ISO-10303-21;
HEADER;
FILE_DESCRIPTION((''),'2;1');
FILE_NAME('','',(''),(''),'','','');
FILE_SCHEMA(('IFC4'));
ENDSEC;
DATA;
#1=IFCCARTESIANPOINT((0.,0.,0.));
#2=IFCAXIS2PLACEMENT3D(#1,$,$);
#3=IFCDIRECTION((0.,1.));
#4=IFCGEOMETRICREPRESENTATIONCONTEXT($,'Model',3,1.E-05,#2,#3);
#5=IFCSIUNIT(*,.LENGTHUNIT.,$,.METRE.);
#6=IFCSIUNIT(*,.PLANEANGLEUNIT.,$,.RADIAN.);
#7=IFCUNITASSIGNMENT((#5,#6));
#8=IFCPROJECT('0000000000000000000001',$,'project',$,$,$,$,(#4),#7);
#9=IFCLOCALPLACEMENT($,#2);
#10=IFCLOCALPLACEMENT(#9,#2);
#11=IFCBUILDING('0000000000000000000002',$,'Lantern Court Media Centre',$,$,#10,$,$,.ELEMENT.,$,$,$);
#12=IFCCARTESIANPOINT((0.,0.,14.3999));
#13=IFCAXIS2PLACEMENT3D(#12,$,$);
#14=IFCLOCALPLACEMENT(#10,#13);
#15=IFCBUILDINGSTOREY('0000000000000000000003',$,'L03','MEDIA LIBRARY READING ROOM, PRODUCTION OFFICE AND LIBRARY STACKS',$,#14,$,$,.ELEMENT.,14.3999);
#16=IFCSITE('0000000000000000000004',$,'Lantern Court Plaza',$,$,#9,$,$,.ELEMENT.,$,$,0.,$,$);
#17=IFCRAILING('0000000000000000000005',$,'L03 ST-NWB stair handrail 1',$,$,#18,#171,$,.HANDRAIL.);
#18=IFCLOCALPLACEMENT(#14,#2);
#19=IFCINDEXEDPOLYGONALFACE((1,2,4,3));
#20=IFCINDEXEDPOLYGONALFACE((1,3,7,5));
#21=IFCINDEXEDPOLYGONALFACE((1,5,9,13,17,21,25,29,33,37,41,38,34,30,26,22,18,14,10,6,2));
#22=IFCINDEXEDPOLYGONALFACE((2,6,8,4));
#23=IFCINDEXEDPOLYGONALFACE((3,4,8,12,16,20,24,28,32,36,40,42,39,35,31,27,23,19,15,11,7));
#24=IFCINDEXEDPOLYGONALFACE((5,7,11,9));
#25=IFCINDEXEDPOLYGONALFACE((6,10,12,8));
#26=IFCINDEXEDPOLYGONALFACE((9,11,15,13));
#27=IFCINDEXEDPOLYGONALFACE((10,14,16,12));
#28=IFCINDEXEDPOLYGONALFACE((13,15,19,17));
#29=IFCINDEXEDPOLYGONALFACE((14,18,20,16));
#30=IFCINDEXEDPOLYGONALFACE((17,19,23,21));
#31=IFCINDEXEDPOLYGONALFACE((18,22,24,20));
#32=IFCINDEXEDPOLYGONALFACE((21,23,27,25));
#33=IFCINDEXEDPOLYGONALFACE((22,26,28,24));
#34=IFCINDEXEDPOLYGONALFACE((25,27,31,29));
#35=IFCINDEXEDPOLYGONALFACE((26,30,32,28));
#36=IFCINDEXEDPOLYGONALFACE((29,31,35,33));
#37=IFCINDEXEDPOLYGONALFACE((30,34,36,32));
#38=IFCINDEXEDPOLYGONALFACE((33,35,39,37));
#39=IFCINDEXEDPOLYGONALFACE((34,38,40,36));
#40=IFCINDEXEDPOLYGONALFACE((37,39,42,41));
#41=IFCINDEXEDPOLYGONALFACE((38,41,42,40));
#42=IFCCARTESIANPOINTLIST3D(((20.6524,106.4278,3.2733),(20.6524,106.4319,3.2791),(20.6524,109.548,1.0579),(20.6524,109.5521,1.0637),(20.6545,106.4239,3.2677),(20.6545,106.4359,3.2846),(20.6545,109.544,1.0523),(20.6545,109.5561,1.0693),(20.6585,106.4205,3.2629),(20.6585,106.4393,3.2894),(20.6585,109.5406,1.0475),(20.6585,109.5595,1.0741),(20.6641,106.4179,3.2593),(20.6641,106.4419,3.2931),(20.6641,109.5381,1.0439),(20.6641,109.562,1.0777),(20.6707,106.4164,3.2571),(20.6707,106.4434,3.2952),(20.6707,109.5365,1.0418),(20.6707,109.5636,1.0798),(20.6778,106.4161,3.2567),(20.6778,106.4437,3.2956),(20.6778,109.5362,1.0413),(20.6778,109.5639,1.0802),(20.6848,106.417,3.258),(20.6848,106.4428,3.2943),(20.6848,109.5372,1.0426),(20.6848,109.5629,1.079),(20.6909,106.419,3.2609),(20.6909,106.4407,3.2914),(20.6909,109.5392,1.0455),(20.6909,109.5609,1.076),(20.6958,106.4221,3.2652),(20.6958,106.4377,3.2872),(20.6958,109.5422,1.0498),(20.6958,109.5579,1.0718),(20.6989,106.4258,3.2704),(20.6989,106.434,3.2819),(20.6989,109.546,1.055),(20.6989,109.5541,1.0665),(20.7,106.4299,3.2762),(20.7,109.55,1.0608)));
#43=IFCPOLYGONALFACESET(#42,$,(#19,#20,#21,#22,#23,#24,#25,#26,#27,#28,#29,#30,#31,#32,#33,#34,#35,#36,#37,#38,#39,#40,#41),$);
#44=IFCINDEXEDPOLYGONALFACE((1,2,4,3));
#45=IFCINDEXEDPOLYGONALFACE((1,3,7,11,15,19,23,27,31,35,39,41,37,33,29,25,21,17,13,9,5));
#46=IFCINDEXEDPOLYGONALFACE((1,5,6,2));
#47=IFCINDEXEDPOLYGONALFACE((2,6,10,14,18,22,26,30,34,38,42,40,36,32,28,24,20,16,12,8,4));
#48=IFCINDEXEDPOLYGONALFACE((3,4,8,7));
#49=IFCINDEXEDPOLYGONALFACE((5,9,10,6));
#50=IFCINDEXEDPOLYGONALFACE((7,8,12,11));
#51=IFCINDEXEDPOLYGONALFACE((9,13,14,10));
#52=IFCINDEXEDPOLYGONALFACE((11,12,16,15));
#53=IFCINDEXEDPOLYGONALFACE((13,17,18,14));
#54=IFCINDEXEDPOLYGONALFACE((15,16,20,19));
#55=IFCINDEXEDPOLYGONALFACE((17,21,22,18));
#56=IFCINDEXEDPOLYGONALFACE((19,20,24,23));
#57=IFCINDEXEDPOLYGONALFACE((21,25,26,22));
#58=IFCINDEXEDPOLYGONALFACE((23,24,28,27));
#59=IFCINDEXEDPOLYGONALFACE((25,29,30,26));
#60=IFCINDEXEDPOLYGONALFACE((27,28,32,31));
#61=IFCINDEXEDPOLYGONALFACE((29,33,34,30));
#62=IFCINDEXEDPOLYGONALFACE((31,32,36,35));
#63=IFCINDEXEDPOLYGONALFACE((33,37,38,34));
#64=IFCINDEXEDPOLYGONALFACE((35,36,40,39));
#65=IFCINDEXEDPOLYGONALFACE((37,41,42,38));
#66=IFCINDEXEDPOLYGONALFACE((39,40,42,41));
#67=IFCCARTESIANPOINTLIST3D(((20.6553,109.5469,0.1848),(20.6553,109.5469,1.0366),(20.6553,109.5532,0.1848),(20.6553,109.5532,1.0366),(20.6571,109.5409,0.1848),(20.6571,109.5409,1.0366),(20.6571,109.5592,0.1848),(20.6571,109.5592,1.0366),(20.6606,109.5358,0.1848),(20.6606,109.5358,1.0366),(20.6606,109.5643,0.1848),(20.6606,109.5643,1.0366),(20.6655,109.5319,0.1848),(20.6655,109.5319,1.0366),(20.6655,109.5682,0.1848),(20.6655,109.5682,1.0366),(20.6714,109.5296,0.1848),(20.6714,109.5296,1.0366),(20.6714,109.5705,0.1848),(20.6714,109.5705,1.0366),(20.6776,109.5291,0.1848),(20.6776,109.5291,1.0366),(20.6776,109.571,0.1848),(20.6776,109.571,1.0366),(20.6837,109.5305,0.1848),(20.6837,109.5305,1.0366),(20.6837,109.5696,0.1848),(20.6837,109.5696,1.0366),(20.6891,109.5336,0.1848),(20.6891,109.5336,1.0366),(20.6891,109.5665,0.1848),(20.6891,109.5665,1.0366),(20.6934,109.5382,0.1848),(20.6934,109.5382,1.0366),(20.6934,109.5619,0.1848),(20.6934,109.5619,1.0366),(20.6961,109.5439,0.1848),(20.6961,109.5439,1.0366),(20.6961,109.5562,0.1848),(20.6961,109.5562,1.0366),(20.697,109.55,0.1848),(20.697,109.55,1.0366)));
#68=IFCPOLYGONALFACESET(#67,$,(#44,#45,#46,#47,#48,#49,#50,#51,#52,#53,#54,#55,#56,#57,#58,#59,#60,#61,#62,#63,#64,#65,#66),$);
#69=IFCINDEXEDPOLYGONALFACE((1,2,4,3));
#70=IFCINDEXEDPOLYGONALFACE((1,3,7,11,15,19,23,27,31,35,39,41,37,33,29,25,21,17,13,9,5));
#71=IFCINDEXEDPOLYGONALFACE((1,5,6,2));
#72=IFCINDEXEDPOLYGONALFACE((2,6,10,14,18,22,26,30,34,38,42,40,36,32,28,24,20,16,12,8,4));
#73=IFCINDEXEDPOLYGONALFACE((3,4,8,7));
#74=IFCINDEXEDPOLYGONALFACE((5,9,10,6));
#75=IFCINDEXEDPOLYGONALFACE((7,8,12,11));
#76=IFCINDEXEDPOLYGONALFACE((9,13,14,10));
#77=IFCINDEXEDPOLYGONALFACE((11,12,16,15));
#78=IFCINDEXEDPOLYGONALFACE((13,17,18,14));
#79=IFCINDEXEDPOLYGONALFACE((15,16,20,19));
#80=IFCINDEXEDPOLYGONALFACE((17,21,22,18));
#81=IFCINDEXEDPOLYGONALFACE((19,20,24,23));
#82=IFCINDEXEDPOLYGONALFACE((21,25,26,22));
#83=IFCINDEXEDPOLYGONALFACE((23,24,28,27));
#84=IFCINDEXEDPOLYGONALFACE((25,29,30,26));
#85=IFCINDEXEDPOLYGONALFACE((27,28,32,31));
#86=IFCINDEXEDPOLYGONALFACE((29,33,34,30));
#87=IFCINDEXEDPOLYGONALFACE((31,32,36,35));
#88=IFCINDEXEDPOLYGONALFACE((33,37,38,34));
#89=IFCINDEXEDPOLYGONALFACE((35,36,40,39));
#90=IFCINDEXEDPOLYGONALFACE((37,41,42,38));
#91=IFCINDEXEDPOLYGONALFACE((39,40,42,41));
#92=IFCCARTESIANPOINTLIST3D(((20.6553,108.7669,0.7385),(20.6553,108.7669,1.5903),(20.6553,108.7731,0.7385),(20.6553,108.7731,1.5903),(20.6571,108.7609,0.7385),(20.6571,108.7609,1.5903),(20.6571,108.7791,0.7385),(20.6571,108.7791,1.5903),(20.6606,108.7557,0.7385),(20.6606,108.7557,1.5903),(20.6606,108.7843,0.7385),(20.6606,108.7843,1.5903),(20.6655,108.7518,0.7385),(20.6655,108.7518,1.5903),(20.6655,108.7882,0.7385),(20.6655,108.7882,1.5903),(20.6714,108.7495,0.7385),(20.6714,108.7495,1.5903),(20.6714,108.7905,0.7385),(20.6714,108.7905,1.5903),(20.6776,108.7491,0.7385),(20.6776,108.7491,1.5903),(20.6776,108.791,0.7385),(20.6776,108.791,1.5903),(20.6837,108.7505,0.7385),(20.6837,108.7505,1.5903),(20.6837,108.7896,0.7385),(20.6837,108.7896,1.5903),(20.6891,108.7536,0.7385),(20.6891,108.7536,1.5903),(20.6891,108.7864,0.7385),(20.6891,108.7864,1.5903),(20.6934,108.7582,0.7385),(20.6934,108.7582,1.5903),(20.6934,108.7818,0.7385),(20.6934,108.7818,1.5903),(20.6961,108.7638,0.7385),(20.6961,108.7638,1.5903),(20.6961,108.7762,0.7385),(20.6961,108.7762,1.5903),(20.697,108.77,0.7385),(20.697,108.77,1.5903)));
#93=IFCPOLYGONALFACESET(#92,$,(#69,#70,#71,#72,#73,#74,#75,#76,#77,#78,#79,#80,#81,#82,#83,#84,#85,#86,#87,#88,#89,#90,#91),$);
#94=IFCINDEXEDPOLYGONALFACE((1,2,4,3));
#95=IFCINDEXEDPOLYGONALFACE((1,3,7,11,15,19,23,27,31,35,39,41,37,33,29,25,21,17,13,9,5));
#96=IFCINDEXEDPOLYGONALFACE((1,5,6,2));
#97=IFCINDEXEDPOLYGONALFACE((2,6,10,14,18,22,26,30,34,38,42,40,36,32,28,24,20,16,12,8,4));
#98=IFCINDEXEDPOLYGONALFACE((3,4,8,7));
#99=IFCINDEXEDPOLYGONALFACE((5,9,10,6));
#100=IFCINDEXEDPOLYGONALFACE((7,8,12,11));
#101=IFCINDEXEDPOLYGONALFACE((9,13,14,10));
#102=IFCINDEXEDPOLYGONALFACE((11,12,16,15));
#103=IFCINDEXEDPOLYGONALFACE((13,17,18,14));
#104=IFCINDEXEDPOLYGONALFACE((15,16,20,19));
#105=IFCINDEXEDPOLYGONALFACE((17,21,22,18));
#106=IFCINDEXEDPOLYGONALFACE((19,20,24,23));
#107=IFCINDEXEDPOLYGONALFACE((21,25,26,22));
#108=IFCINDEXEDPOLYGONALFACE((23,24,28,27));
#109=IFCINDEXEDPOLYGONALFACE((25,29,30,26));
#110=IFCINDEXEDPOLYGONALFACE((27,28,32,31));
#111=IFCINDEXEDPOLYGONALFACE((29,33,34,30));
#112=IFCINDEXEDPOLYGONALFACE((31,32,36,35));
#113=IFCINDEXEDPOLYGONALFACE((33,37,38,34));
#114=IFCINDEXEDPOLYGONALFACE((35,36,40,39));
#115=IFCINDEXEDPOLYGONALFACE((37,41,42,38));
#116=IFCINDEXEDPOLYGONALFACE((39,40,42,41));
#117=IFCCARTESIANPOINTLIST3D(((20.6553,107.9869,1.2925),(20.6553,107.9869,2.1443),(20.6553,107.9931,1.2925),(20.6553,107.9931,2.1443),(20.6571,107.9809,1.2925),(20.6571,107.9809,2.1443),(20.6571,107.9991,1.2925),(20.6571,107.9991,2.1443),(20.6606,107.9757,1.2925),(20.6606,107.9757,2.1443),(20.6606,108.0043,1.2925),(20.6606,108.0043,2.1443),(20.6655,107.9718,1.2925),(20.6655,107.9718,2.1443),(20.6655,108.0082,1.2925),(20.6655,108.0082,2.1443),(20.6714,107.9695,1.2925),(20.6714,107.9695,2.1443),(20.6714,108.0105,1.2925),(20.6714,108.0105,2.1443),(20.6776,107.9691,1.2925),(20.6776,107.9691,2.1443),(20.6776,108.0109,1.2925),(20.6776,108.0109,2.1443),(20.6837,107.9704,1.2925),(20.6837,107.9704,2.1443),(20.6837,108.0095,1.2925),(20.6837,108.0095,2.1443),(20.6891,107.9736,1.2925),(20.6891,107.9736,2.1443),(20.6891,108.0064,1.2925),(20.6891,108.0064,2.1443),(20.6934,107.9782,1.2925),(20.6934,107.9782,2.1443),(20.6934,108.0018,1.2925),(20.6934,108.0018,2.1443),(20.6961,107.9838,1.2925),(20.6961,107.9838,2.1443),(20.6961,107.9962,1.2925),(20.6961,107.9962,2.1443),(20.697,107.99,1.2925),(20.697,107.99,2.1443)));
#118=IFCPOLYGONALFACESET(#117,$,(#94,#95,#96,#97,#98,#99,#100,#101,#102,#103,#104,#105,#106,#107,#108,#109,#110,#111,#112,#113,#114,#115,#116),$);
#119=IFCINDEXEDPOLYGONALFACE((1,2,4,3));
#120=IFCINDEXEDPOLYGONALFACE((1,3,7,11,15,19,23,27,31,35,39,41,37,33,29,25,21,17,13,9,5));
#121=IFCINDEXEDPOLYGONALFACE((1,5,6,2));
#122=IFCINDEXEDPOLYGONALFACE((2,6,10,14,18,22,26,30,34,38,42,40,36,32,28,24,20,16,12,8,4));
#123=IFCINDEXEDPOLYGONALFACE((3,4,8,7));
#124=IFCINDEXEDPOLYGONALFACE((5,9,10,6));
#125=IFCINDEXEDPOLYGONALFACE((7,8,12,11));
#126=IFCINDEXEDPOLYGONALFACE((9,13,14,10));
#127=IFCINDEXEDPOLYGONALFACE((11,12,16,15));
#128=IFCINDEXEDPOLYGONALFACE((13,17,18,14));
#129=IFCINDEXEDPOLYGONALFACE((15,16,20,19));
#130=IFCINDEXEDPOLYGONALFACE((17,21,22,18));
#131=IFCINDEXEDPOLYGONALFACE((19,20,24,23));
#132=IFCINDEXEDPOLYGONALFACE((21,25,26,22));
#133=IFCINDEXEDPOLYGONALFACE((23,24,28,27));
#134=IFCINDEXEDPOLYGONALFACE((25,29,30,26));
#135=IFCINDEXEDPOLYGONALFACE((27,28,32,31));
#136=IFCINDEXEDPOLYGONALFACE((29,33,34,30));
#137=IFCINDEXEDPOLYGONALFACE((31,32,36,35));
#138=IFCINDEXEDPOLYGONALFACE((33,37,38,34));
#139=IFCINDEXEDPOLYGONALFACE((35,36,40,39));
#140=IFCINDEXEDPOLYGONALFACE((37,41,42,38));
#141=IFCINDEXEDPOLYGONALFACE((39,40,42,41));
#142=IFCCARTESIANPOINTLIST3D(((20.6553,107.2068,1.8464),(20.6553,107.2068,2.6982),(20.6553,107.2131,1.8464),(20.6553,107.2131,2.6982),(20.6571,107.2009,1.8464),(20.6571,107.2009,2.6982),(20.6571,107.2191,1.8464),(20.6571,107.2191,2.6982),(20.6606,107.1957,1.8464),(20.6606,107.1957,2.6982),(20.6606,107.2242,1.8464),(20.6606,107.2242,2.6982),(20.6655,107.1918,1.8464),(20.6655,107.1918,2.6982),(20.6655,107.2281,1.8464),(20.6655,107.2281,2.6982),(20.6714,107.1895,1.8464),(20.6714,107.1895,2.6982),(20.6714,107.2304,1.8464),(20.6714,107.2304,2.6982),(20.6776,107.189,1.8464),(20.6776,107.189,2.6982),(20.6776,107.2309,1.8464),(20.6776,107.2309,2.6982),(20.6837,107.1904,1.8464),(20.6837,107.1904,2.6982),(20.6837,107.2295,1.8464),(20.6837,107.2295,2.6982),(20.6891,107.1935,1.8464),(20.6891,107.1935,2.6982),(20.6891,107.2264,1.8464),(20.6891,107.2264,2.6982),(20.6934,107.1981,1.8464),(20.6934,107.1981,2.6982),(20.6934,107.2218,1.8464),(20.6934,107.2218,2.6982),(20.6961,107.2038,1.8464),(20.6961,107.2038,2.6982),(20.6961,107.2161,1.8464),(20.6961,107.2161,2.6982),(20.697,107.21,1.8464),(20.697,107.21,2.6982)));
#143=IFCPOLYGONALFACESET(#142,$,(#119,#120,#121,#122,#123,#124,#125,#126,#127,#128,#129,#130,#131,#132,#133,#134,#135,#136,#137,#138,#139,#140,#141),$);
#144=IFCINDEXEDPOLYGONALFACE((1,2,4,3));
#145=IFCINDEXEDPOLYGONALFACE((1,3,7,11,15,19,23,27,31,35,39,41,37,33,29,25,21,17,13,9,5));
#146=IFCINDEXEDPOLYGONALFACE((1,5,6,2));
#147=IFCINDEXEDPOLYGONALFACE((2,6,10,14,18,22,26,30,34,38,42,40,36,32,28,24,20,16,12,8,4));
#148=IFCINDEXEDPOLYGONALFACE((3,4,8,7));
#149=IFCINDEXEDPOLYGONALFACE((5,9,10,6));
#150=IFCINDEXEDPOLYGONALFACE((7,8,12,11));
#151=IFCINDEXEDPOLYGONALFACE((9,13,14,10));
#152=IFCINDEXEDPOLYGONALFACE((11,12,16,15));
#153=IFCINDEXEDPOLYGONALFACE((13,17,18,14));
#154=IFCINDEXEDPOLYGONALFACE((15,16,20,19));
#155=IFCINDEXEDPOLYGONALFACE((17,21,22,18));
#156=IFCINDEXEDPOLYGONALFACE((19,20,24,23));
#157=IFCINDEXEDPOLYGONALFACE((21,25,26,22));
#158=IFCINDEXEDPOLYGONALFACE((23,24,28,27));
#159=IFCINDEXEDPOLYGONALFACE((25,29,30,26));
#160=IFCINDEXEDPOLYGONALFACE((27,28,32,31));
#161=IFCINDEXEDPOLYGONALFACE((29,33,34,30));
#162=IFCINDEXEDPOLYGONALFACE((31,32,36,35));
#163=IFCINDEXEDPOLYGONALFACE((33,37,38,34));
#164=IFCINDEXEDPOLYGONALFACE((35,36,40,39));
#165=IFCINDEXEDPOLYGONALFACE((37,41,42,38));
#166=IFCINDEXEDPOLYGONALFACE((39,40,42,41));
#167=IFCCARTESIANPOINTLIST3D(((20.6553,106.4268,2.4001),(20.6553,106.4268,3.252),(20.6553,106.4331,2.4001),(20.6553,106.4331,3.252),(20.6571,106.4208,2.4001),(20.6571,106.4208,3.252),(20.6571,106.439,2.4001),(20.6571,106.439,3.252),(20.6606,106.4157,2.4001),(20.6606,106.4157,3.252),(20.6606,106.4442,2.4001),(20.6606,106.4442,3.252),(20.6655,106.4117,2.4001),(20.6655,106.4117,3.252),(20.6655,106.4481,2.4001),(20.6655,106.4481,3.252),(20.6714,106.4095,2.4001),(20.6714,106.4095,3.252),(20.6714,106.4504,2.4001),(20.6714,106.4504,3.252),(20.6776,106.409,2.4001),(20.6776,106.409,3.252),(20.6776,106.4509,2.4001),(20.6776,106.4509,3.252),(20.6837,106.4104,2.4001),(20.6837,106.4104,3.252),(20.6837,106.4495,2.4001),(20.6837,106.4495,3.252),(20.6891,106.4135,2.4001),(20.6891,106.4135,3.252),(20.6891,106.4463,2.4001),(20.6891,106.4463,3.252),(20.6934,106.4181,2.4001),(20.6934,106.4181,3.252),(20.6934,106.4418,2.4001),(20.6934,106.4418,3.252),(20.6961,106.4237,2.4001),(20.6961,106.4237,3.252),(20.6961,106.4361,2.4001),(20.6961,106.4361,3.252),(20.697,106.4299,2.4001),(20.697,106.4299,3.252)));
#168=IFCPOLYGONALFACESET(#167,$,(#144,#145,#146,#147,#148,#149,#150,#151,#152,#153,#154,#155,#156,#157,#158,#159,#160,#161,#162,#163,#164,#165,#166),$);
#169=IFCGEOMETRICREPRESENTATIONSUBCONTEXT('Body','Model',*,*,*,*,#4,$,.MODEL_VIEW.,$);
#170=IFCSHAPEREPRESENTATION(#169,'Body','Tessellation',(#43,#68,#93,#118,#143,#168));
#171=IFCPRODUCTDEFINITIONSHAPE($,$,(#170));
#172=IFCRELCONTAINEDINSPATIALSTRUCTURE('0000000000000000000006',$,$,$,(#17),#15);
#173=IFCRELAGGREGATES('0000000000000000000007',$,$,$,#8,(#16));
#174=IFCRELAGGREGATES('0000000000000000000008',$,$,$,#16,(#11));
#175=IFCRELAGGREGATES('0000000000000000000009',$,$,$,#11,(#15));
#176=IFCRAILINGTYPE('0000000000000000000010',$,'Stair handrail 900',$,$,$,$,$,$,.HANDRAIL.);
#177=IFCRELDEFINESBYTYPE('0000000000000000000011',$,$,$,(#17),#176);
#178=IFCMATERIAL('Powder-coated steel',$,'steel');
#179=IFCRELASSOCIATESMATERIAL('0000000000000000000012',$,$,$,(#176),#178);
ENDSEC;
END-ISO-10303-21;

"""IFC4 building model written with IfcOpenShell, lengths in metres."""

from ifc_helpers import new_model, si_unit, direction, frame, origin, origin_2d, place, context, subcontext, project, spatial, circle, extrude, material, type_object, element, save


model = new_model("IFC4")

# Units and contexts
model_context = context("Model", 3, precision=1e-05, world=origin(), true_north=direction((0.0, 1.0)))
body_context = subcontext(model_context, "Body", "Model", "MODEL_VIEW")
ifc_project = project(units=[si_unit("LENGTHUNIT", "METRE"), si_unit("PLANEANGLEUNIT", "RADIAN")], contexts=[model_context])

# Site, building, storey
site_placement = place(None, origin())
site = spatial("IfcSite", under=ifc_project, at=site_placement, Name="Lantern Court Plaza", CompositionType="ELEMENT", RefElevation=0.0)
building_placement = place(site_placement, origin())
building = spatial("IfcBuilding", under=site, at=building_placement, Name="Lantern Court Media Centre", CompositionType="ELEMENT")
storey_placement = place(building_placement, frame((0.0, 0.0, 14.3999)))
storey = spatial("IfcBuildingStorey", under=building, at=storey_placement, Name="L03", Description="MEDIA LIBRARY READING ROOM, PRODUCTION OFFICE AND LIBRARY STACKS", CompositionType="ELEMENT", Elevation=14.3999)

# Shared definitions
ifc_material_1 = material(Name="Powder-coated steel", Category="steel")

# Railing
railing_type_1 = type_object("IfcRailingType", Name="Stair handrail 900", PredefinedType="HANDRAIL", material=ifc_material_1)
railing_1_placement = place(storey_placement, frame((20.676, 109.55, 0.1848)))
element("IfcRailing", 1, at=railing_1_placement, inside=storey, type_object=railing_type_1, Name="L03 ST-NWB stair handrail 1", PredefinedType="HANDRAIL", context=body_context, shape_type="SweptSolid", body=[
    extrude(circle(Radius=0.0239, at=origin_2d()), frame((0.0, 0.0, 0.876), z_axis=(0.0, -0.815377, 0.57893), x_axis=(1.0, 0.0, 0.0)), (0.0, 0.0, 1.0), 3.8267),
    extrude(circle(Radius=0.021, at=origin_2d()), origin(), (0.0, 0.0, 1.0), 0.8518),
    extrude(circle(Radius=0.021, at=origin_2d()), frame((0.0, -0.78, 0.5537)), (0.0, 0.0, 1.0), 0.8518),
    extrude(circle(Radius=0.021, at=origin_2d()), frame((0.0, -1.5601, 1.1077)), (0.0, 0.0, 1.0), 0.8518),
    extrude(circle(Radius=0.021, at=origin_2d()), frame((0.0, -2.3401, 1.6616)), (0.0, 0.0, 1.0), 0.8518),
    extrude(circle(Radius=0.021, at=origin_2d()), frame((0.0, -3.1201, 2.2153)), (0.0, 0.0, 1.0), 0.8518),
])

save(model, "model.ifc")
